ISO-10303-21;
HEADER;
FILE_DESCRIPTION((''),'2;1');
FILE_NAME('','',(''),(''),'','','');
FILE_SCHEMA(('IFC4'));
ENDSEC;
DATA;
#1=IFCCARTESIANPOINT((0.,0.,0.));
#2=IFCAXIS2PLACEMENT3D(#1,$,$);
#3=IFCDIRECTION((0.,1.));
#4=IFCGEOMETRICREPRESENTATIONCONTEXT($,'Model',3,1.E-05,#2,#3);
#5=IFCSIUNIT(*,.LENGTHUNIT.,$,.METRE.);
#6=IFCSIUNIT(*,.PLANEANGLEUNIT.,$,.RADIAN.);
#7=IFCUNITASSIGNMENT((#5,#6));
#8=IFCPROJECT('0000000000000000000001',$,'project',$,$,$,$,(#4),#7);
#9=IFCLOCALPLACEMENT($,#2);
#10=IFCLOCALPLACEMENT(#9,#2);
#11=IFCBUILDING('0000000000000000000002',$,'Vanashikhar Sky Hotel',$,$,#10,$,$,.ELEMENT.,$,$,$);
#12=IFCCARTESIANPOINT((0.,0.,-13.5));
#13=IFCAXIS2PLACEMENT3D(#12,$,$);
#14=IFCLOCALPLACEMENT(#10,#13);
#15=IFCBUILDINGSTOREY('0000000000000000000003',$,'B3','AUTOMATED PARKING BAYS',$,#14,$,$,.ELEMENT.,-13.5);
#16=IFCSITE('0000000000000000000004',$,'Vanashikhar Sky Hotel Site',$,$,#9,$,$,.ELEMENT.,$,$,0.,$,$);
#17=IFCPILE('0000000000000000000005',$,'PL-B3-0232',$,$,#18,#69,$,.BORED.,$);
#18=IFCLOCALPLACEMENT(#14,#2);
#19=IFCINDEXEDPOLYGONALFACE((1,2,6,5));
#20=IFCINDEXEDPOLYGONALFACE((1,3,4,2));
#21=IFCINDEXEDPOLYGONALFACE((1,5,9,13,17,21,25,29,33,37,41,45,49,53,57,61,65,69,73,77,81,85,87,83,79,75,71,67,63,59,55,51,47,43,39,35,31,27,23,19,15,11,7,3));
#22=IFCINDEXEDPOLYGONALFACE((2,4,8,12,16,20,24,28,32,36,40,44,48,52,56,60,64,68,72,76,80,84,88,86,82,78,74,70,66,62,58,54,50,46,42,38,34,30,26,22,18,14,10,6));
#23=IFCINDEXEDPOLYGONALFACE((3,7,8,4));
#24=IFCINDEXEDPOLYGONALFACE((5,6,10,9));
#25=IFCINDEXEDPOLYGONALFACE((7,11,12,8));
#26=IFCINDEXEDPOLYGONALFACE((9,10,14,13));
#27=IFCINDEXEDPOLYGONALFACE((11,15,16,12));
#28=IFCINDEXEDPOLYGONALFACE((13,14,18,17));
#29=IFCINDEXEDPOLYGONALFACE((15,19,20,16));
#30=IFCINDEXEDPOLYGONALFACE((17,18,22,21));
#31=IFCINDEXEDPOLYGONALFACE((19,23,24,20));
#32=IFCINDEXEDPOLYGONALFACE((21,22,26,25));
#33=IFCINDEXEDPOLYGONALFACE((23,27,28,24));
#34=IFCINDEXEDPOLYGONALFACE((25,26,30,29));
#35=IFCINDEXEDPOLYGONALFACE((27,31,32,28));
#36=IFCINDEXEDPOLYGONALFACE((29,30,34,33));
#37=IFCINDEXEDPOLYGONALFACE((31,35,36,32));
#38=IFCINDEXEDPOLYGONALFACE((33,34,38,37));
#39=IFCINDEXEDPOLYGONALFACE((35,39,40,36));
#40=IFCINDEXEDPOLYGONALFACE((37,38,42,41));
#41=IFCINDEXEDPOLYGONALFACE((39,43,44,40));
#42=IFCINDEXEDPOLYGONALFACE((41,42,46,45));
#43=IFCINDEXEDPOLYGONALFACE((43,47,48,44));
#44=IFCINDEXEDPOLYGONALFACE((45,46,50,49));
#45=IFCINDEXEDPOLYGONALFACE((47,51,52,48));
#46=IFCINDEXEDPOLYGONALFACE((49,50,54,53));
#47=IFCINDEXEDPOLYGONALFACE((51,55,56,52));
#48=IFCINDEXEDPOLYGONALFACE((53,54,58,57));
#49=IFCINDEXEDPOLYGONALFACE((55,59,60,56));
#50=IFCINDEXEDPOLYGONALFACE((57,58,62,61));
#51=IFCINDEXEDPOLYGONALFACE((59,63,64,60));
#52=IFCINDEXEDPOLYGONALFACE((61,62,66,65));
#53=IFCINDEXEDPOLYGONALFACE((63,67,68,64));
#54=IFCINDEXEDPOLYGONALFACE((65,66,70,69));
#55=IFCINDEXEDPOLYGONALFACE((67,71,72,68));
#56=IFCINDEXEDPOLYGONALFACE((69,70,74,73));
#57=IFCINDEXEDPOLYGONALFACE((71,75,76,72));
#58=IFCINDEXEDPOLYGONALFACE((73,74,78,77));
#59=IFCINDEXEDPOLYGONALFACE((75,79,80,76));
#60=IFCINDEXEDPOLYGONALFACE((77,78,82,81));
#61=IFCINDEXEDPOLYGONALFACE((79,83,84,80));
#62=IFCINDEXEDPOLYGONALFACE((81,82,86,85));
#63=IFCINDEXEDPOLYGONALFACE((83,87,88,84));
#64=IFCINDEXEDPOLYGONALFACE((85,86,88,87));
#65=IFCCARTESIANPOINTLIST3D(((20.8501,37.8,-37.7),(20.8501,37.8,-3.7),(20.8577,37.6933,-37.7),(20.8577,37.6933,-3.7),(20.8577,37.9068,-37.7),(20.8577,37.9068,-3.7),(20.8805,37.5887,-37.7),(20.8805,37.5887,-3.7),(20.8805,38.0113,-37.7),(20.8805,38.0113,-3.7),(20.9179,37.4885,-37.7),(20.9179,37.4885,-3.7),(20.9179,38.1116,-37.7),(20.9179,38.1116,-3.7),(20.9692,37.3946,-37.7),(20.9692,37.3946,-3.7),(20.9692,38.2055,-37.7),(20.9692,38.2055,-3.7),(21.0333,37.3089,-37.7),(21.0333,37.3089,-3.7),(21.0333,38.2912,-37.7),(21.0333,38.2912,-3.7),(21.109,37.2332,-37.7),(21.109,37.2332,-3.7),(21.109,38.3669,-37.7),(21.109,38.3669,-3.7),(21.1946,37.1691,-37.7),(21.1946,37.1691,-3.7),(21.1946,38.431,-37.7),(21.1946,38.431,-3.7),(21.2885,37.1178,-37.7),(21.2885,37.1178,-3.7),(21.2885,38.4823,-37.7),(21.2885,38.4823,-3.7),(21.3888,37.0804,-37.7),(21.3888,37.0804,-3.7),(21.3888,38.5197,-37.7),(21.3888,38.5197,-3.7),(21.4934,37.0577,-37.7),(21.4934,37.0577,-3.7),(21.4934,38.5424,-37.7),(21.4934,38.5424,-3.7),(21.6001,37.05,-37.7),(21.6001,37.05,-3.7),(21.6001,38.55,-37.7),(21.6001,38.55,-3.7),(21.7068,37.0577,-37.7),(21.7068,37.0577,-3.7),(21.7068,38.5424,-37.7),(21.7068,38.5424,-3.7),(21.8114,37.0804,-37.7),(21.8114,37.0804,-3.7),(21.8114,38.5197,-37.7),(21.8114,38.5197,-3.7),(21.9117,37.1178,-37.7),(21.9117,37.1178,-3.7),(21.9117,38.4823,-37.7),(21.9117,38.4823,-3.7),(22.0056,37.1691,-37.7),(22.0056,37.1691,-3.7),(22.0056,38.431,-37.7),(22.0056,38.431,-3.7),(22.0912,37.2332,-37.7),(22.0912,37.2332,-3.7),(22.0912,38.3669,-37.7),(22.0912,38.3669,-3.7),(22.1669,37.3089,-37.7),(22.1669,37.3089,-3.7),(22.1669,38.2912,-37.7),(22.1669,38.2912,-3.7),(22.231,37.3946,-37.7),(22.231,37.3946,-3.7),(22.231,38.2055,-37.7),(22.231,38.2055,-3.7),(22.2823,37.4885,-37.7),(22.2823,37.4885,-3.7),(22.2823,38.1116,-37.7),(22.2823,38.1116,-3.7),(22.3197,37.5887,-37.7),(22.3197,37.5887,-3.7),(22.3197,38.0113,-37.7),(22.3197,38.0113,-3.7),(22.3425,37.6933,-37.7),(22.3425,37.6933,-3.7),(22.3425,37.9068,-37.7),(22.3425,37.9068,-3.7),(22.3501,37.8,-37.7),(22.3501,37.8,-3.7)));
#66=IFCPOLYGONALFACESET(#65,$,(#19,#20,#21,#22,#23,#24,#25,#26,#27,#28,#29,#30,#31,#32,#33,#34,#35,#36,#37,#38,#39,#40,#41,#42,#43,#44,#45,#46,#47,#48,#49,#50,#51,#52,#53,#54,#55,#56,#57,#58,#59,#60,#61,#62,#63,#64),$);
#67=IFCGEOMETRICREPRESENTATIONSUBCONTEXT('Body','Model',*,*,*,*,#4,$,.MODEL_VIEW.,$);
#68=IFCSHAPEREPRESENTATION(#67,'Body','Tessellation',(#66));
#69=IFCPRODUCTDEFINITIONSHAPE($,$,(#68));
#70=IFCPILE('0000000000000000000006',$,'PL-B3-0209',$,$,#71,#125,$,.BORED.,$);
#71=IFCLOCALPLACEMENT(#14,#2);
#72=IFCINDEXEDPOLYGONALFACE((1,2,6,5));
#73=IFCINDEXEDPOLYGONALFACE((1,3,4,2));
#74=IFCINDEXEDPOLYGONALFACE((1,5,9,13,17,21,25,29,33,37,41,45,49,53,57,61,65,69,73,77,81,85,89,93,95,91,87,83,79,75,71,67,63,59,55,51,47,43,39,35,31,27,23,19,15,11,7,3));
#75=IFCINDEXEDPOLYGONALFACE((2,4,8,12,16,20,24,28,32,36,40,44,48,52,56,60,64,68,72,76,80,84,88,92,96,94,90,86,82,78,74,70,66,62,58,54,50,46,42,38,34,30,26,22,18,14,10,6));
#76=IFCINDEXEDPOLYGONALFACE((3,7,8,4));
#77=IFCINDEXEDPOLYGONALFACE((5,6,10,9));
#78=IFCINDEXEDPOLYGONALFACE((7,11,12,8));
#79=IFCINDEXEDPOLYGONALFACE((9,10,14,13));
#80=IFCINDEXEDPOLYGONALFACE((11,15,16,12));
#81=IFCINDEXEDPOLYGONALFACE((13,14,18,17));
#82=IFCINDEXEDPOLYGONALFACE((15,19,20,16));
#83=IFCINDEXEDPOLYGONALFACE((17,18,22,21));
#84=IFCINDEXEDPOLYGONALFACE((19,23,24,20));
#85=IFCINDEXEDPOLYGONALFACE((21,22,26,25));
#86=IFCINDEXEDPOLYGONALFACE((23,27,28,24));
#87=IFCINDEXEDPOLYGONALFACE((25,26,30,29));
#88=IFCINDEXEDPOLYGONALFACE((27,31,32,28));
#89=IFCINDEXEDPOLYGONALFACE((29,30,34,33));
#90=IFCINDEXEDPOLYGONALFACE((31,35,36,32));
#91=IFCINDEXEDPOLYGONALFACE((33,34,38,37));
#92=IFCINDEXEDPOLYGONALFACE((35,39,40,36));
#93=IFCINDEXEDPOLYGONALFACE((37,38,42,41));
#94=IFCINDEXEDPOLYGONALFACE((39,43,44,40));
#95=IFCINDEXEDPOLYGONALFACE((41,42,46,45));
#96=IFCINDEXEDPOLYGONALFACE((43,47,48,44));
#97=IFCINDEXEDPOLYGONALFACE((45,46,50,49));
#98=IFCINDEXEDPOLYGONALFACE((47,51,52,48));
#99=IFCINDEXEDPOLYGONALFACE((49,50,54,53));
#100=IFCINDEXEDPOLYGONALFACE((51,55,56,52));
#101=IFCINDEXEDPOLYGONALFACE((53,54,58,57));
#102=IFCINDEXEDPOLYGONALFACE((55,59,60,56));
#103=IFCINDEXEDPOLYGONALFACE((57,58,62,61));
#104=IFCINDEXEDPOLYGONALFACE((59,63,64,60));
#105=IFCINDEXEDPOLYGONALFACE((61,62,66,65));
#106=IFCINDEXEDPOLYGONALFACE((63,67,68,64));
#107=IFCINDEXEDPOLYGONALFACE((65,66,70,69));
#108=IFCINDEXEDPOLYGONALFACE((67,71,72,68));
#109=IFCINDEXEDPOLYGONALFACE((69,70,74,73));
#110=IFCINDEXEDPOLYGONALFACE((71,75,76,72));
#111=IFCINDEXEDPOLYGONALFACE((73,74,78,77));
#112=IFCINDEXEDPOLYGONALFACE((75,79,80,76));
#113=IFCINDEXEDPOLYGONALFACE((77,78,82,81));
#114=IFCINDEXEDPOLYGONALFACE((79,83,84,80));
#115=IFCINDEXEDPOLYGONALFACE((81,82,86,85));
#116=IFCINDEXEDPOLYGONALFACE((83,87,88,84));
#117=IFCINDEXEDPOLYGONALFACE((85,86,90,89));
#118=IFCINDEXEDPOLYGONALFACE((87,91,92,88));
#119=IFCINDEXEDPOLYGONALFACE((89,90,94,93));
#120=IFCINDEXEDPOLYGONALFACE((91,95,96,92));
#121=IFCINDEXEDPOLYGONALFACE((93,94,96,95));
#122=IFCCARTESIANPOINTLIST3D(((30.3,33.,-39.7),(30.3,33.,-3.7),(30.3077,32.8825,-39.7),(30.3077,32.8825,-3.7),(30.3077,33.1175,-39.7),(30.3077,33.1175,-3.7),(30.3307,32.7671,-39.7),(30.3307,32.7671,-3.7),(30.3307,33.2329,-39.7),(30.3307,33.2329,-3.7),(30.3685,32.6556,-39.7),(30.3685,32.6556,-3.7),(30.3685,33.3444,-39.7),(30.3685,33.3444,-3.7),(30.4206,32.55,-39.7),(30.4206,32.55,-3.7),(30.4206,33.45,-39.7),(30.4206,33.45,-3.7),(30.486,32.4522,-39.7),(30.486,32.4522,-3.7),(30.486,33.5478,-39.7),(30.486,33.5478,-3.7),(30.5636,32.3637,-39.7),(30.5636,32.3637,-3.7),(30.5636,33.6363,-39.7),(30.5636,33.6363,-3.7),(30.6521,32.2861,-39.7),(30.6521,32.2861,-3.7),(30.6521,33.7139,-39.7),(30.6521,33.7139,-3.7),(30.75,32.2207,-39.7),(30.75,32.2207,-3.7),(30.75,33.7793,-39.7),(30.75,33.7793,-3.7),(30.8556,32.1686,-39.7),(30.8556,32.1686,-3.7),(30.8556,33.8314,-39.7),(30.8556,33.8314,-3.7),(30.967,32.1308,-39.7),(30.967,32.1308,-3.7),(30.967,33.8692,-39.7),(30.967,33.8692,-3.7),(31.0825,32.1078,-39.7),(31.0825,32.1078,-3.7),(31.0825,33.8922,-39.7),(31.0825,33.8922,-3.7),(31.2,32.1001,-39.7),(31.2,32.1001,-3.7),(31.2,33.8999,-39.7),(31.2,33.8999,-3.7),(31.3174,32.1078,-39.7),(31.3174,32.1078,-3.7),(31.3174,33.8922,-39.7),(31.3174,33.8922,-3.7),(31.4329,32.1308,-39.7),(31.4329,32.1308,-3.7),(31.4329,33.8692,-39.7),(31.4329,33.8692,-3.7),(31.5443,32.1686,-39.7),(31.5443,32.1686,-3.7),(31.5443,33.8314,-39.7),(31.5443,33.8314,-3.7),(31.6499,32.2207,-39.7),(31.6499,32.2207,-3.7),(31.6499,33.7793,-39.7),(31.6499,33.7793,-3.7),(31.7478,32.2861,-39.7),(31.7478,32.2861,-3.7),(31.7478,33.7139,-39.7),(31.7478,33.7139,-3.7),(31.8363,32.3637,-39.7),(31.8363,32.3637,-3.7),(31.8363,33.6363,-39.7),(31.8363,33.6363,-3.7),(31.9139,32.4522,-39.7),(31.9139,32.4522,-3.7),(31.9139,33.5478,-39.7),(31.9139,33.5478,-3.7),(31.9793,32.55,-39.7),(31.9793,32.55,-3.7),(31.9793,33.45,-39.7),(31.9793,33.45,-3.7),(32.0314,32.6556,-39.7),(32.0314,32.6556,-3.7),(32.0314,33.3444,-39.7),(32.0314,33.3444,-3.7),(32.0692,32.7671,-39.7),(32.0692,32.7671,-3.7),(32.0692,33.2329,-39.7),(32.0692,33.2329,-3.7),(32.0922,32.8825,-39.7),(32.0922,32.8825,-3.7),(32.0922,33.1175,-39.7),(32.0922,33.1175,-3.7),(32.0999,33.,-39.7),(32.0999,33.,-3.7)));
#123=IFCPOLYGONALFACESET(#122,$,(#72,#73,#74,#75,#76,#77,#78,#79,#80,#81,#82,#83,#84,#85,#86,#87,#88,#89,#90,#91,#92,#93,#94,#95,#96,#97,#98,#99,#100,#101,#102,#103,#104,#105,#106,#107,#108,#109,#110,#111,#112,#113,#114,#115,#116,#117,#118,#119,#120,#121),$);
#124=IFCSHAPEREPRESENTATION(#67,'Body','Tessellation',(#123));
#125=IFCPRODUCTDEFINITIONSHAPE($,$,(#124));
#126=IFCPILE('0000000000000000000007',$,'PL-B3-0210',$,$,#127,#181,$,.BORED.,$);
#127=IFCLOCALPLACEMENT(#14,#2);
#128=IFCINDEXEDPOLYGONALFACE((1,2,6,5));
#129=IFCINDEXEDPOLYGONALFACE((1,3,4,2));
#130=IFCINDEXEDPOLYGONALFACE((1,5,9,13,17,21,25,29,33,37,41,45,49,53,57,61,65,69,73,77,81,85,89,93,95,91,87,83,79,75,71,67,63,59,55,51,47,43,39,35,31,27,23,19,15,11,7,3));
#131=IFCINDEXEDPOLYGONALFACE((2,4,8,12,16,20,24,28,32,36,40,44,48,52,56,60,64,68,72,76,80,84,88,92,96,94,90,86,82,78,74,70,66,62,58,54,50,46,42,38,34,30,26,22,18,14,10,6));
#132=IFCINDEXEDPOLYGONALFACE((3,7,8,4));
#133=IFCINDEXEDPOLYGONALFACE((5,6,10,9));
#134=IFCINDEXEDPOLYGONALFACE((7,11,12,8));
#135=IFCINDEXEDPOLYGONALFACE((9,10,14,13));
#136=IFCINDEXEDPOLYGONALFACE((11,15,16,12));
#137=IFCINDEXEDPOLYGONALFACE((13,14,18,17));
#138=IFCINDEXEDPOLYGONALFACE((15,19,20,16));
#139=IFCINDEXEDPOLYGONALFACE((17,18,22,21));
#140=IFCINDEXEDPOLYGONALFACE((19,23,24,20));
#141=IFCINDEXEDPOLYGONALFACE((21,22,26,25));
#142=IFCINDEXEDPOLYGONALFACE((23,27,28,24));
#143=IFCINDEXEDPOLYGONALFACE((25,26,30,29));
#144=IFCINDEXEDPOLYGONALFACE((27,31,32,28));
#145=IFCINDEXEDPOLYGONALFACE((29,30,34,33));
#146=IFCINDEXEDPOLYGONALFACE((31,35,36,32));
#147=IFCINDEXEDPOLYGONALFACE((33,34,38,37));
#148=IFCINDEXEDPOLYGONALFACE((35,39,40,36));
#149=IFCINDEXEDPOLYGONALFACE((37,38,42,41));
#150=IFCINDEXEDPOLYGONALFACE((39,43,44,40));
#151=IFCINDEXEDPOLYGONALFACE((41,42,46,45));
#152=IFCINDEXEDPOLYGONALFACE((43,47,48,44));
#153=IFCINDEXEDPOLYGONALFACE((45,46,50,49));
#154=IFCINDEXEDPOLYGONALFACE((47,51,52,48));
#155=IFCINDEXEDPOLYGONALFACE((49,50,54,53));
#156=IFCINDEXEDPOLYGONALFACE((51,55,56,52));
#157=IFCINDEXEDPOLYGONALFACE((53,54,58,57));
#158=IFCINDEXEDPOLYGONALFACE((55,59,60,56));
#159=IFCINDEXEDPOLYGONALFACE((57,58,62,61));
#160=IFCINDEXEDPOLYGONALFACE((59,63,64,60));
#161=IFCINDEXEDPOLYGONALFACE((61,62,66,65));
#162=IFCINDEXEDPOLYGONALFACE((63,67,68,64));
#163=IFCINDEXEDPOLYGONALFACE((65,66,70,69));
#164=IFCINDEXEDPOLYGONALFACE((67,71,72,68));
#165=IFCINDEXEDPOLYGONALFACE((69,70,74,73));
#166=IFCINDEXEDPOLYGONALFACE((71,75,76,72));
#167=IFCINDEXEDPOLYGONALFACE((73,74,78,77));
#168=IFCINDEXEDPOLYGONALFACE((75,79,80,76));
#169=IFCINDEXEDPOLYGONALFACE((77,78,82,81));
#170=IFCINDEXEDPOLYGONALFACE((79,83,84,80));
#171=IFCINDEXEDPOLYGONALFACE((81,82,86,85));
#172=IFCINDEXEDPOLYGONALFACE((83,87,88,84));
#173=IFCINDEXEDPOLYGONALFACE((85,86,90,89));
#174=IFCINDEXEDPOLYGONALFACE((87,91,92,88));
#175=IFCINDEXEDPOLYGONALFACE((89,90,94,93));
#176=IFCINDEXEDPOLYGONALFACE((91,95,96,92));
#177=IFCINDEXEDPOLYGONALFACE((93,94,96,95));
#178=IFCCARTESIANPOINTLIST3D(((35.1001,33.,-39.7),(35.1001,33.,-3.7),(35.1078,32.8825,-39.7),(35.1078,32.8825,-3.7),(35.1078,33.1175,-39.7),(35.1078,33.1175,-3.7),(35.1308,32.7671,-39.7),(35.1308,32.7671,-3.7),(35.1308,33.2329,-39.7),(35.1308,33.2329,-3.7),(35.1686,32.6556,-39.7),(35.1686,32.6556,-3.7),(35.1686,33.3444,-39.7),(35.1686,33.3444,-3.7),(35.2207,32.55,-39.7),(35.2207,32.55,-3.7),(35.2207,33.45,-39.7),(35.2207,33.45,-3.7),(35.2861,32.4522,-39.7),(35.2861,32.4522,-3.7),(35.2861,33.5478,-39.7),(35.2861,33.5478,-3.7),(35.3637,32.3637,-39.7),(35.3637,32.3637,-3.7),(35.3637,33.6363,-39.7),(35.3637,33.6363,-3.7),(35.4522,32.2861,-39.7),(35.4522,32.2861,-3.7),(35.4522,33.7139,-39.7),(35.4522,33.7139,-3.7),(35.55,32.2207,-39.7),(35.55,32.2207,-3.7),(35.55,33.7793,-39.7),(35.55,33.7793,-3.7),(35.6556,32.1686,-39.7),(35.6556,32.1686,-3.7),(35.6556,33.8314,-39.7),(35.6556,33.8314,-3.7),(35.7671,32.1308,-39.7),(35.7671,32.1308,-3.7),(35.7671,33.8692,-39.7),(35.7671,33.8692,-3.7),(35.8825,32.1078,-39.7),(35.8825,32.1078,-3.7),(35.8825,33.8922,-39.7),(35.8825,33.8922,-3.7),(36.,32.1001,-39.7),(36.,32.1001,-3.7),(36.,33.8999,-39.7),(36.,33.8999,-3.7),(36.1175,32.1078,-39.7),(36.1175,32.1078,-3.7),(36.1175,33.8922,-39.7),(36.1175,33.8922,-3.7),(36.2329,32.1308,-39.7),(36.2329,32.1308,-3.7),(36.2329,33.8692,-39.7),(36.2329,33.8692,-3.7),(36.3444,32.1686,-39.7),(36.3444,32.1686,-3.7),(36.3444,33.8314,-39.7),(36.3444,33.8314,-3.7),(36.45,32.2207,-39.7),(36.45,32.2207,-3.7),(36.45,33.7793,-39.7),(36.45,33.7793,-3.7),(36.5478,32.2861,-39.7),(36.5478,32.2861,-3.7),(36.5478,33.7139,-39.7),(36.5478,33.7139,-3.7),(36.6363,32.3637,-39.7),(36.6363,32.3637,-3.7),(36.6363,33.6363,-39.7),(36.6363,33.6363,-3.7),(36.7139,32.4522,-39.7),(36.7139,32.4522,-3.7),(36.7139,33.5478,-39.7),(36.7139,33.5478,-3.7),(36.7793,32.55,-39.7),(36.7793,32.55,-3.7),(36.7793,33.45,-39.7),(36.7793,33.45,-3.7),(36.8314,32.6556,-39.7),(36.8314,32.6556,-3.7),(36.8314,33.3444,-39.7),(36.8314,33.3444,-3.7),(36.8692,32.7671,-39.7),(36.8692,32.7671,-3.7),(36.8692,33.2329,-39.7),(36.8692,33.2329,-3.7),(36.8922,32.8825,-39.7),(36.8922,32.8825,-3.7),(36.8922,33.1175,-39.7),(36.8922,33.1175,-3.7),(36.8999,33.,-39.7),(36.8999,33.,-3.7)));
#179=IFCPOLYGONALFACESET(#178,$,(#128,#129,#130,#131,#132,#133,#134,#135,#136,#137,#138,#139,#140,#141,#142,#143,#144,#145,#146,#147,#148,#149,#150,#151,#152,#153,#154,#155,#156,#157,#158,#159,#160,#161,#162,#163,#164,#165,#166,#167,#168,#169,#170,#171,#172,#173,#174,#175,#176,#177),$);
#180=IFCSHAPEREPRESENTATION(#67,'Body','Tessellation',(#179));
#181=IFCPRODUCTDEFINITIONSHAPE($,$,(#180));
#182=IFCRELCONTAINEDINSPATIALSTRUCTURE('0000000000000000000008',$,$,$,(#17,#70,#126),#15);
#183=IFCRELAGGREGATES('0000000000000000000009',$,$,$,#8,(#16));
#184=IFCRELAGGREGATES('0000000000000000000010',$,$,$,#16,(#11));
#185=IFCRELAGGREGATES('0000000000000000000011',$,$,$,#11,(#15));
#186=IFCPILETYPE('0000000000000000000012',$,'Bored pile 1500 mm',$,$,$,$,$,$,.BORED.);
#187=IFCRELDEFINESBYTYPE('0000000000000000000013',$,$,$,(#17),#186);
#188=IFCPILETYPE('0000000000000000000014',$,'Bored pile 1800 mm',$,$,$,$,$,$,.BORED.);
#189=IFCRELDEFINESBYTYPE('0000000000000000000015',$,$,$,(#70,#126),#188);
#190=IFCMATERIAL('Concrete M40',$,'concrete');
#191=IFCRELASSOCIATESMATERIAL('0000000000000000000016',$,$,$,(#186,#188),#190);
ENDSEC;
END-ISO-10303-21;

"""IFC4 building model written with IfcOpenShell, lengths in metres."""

from ifc_helpers import new_model, si_unit, direction, frame, origin, origin_2d, place, context, subcontext, project, spatial, circle, extrude, source, transform, mapped, material, type_object, element, save


model = new_model("IFC4")

# Units and contexts
model_context = context("Model", 3, precision=1e-05, world=origin(), true_north=direction((0.0, 1.0)))
body_context = subcontext(model_context, "Body", "Model", "MODEL_VIEW")
ifc_project = project(units=[si_unit("LENGTHUNIT", "METRE"), si_unit("PLANEANGLEUNIT", "RADIAN")], contexts=[model_context])

# Site, building, storey
site_placement = place(None, origin())
site = spatial("IfcSite", under=ifc_project, at=site_placement, Name="Vanashikhar Sky Hotel Site", CompositionType="ELEMENT", RefElevation=0.0)
building_placement = place(site_placement, origin())
building = spatial("IfcBuilding", under=site, at=building_placement, Name="Vanashikhar Sky Hotel", CompositionType="ELEMENT")
storey_placement = place(building_placement, frame((0.0, 0.0, -13.5)))
storey = spatial("IfcBuildingStorey", under=building, at=storey_placement, Name="B3", Description="AUTOMATED PARKING BAYS", CompositionType="ELEMENT", Elevation=-13.5)

# Piles
ifc_material_1 = material(Name="Concrete M40", Category="concrete")
pile_type_1 = type_object("IfcPileType", Name="Bored pile 1500 mm", PredefinedType="BORED", material=ifc_material_1)
shared_shape_1 = source(origin(), body_context, "Body", "SweptSolid", [
    extrude(circle(Radius=0.75, at=origin_2d()), origin(), (0.0, 0.0, 1.0), 34.0),
])
pile_placement = place(storey_placement, frame((21.6001, 37.8, -3.7), z_axis=(0.0, 0.0, -1.0), x_axis=(1.0, 0.0, 0.0)))
element("IfcPile", 1, at=pile_placement, inside=storey, type_object=pile_type_1, Name="PL-B3-0232", PredefinedType="BORED", context=body_context, shape_type="MappedRepresentation", body=[
    mapped(shared_shape_1, transform((0.0, 0.0, 0.0), scale=1.0)),
])
pile_type_2 = type_object("IfcPileType", Name="Bored pile 1800 mm", PredefinedType="BORED", material=ifc_material_1)
shared_shape_2 = source(origin(), body_context, "Body", "SweptSolid", [
    extrude(circle(Radius=0.8999, at=origin_2d()), origin(), (0.0, 0.0, 1.0), 36.0),
])
for number, where, z_axis, x_axis, name in (
    (2, (31.2, 33.0, -3.7), (0.0, 0.0, -1.0), (1.0, 0.0, 0.0), "PL-B3-0209"),
    (3, (36.0, 33.0, -3.7), (0.0, 0.0, -1.0), (1.0, 0.0, 0.0), "PL-B3-0210"),
):
    element("IfcPile", number, at=place(storey_placement, frame(where, z_axis=z_axis, x_axis=x_axis)), inside=storey, type_object=pile_type_2, Name=name, PredefinedType="BORED", context=body_context, shape_type="MappedRepresentation", body=[
        mapped(shared_shape_2, transform((0.0, 0.0, 0.0), scale=1.0)),
    ])

save(model, "model.ifc")
